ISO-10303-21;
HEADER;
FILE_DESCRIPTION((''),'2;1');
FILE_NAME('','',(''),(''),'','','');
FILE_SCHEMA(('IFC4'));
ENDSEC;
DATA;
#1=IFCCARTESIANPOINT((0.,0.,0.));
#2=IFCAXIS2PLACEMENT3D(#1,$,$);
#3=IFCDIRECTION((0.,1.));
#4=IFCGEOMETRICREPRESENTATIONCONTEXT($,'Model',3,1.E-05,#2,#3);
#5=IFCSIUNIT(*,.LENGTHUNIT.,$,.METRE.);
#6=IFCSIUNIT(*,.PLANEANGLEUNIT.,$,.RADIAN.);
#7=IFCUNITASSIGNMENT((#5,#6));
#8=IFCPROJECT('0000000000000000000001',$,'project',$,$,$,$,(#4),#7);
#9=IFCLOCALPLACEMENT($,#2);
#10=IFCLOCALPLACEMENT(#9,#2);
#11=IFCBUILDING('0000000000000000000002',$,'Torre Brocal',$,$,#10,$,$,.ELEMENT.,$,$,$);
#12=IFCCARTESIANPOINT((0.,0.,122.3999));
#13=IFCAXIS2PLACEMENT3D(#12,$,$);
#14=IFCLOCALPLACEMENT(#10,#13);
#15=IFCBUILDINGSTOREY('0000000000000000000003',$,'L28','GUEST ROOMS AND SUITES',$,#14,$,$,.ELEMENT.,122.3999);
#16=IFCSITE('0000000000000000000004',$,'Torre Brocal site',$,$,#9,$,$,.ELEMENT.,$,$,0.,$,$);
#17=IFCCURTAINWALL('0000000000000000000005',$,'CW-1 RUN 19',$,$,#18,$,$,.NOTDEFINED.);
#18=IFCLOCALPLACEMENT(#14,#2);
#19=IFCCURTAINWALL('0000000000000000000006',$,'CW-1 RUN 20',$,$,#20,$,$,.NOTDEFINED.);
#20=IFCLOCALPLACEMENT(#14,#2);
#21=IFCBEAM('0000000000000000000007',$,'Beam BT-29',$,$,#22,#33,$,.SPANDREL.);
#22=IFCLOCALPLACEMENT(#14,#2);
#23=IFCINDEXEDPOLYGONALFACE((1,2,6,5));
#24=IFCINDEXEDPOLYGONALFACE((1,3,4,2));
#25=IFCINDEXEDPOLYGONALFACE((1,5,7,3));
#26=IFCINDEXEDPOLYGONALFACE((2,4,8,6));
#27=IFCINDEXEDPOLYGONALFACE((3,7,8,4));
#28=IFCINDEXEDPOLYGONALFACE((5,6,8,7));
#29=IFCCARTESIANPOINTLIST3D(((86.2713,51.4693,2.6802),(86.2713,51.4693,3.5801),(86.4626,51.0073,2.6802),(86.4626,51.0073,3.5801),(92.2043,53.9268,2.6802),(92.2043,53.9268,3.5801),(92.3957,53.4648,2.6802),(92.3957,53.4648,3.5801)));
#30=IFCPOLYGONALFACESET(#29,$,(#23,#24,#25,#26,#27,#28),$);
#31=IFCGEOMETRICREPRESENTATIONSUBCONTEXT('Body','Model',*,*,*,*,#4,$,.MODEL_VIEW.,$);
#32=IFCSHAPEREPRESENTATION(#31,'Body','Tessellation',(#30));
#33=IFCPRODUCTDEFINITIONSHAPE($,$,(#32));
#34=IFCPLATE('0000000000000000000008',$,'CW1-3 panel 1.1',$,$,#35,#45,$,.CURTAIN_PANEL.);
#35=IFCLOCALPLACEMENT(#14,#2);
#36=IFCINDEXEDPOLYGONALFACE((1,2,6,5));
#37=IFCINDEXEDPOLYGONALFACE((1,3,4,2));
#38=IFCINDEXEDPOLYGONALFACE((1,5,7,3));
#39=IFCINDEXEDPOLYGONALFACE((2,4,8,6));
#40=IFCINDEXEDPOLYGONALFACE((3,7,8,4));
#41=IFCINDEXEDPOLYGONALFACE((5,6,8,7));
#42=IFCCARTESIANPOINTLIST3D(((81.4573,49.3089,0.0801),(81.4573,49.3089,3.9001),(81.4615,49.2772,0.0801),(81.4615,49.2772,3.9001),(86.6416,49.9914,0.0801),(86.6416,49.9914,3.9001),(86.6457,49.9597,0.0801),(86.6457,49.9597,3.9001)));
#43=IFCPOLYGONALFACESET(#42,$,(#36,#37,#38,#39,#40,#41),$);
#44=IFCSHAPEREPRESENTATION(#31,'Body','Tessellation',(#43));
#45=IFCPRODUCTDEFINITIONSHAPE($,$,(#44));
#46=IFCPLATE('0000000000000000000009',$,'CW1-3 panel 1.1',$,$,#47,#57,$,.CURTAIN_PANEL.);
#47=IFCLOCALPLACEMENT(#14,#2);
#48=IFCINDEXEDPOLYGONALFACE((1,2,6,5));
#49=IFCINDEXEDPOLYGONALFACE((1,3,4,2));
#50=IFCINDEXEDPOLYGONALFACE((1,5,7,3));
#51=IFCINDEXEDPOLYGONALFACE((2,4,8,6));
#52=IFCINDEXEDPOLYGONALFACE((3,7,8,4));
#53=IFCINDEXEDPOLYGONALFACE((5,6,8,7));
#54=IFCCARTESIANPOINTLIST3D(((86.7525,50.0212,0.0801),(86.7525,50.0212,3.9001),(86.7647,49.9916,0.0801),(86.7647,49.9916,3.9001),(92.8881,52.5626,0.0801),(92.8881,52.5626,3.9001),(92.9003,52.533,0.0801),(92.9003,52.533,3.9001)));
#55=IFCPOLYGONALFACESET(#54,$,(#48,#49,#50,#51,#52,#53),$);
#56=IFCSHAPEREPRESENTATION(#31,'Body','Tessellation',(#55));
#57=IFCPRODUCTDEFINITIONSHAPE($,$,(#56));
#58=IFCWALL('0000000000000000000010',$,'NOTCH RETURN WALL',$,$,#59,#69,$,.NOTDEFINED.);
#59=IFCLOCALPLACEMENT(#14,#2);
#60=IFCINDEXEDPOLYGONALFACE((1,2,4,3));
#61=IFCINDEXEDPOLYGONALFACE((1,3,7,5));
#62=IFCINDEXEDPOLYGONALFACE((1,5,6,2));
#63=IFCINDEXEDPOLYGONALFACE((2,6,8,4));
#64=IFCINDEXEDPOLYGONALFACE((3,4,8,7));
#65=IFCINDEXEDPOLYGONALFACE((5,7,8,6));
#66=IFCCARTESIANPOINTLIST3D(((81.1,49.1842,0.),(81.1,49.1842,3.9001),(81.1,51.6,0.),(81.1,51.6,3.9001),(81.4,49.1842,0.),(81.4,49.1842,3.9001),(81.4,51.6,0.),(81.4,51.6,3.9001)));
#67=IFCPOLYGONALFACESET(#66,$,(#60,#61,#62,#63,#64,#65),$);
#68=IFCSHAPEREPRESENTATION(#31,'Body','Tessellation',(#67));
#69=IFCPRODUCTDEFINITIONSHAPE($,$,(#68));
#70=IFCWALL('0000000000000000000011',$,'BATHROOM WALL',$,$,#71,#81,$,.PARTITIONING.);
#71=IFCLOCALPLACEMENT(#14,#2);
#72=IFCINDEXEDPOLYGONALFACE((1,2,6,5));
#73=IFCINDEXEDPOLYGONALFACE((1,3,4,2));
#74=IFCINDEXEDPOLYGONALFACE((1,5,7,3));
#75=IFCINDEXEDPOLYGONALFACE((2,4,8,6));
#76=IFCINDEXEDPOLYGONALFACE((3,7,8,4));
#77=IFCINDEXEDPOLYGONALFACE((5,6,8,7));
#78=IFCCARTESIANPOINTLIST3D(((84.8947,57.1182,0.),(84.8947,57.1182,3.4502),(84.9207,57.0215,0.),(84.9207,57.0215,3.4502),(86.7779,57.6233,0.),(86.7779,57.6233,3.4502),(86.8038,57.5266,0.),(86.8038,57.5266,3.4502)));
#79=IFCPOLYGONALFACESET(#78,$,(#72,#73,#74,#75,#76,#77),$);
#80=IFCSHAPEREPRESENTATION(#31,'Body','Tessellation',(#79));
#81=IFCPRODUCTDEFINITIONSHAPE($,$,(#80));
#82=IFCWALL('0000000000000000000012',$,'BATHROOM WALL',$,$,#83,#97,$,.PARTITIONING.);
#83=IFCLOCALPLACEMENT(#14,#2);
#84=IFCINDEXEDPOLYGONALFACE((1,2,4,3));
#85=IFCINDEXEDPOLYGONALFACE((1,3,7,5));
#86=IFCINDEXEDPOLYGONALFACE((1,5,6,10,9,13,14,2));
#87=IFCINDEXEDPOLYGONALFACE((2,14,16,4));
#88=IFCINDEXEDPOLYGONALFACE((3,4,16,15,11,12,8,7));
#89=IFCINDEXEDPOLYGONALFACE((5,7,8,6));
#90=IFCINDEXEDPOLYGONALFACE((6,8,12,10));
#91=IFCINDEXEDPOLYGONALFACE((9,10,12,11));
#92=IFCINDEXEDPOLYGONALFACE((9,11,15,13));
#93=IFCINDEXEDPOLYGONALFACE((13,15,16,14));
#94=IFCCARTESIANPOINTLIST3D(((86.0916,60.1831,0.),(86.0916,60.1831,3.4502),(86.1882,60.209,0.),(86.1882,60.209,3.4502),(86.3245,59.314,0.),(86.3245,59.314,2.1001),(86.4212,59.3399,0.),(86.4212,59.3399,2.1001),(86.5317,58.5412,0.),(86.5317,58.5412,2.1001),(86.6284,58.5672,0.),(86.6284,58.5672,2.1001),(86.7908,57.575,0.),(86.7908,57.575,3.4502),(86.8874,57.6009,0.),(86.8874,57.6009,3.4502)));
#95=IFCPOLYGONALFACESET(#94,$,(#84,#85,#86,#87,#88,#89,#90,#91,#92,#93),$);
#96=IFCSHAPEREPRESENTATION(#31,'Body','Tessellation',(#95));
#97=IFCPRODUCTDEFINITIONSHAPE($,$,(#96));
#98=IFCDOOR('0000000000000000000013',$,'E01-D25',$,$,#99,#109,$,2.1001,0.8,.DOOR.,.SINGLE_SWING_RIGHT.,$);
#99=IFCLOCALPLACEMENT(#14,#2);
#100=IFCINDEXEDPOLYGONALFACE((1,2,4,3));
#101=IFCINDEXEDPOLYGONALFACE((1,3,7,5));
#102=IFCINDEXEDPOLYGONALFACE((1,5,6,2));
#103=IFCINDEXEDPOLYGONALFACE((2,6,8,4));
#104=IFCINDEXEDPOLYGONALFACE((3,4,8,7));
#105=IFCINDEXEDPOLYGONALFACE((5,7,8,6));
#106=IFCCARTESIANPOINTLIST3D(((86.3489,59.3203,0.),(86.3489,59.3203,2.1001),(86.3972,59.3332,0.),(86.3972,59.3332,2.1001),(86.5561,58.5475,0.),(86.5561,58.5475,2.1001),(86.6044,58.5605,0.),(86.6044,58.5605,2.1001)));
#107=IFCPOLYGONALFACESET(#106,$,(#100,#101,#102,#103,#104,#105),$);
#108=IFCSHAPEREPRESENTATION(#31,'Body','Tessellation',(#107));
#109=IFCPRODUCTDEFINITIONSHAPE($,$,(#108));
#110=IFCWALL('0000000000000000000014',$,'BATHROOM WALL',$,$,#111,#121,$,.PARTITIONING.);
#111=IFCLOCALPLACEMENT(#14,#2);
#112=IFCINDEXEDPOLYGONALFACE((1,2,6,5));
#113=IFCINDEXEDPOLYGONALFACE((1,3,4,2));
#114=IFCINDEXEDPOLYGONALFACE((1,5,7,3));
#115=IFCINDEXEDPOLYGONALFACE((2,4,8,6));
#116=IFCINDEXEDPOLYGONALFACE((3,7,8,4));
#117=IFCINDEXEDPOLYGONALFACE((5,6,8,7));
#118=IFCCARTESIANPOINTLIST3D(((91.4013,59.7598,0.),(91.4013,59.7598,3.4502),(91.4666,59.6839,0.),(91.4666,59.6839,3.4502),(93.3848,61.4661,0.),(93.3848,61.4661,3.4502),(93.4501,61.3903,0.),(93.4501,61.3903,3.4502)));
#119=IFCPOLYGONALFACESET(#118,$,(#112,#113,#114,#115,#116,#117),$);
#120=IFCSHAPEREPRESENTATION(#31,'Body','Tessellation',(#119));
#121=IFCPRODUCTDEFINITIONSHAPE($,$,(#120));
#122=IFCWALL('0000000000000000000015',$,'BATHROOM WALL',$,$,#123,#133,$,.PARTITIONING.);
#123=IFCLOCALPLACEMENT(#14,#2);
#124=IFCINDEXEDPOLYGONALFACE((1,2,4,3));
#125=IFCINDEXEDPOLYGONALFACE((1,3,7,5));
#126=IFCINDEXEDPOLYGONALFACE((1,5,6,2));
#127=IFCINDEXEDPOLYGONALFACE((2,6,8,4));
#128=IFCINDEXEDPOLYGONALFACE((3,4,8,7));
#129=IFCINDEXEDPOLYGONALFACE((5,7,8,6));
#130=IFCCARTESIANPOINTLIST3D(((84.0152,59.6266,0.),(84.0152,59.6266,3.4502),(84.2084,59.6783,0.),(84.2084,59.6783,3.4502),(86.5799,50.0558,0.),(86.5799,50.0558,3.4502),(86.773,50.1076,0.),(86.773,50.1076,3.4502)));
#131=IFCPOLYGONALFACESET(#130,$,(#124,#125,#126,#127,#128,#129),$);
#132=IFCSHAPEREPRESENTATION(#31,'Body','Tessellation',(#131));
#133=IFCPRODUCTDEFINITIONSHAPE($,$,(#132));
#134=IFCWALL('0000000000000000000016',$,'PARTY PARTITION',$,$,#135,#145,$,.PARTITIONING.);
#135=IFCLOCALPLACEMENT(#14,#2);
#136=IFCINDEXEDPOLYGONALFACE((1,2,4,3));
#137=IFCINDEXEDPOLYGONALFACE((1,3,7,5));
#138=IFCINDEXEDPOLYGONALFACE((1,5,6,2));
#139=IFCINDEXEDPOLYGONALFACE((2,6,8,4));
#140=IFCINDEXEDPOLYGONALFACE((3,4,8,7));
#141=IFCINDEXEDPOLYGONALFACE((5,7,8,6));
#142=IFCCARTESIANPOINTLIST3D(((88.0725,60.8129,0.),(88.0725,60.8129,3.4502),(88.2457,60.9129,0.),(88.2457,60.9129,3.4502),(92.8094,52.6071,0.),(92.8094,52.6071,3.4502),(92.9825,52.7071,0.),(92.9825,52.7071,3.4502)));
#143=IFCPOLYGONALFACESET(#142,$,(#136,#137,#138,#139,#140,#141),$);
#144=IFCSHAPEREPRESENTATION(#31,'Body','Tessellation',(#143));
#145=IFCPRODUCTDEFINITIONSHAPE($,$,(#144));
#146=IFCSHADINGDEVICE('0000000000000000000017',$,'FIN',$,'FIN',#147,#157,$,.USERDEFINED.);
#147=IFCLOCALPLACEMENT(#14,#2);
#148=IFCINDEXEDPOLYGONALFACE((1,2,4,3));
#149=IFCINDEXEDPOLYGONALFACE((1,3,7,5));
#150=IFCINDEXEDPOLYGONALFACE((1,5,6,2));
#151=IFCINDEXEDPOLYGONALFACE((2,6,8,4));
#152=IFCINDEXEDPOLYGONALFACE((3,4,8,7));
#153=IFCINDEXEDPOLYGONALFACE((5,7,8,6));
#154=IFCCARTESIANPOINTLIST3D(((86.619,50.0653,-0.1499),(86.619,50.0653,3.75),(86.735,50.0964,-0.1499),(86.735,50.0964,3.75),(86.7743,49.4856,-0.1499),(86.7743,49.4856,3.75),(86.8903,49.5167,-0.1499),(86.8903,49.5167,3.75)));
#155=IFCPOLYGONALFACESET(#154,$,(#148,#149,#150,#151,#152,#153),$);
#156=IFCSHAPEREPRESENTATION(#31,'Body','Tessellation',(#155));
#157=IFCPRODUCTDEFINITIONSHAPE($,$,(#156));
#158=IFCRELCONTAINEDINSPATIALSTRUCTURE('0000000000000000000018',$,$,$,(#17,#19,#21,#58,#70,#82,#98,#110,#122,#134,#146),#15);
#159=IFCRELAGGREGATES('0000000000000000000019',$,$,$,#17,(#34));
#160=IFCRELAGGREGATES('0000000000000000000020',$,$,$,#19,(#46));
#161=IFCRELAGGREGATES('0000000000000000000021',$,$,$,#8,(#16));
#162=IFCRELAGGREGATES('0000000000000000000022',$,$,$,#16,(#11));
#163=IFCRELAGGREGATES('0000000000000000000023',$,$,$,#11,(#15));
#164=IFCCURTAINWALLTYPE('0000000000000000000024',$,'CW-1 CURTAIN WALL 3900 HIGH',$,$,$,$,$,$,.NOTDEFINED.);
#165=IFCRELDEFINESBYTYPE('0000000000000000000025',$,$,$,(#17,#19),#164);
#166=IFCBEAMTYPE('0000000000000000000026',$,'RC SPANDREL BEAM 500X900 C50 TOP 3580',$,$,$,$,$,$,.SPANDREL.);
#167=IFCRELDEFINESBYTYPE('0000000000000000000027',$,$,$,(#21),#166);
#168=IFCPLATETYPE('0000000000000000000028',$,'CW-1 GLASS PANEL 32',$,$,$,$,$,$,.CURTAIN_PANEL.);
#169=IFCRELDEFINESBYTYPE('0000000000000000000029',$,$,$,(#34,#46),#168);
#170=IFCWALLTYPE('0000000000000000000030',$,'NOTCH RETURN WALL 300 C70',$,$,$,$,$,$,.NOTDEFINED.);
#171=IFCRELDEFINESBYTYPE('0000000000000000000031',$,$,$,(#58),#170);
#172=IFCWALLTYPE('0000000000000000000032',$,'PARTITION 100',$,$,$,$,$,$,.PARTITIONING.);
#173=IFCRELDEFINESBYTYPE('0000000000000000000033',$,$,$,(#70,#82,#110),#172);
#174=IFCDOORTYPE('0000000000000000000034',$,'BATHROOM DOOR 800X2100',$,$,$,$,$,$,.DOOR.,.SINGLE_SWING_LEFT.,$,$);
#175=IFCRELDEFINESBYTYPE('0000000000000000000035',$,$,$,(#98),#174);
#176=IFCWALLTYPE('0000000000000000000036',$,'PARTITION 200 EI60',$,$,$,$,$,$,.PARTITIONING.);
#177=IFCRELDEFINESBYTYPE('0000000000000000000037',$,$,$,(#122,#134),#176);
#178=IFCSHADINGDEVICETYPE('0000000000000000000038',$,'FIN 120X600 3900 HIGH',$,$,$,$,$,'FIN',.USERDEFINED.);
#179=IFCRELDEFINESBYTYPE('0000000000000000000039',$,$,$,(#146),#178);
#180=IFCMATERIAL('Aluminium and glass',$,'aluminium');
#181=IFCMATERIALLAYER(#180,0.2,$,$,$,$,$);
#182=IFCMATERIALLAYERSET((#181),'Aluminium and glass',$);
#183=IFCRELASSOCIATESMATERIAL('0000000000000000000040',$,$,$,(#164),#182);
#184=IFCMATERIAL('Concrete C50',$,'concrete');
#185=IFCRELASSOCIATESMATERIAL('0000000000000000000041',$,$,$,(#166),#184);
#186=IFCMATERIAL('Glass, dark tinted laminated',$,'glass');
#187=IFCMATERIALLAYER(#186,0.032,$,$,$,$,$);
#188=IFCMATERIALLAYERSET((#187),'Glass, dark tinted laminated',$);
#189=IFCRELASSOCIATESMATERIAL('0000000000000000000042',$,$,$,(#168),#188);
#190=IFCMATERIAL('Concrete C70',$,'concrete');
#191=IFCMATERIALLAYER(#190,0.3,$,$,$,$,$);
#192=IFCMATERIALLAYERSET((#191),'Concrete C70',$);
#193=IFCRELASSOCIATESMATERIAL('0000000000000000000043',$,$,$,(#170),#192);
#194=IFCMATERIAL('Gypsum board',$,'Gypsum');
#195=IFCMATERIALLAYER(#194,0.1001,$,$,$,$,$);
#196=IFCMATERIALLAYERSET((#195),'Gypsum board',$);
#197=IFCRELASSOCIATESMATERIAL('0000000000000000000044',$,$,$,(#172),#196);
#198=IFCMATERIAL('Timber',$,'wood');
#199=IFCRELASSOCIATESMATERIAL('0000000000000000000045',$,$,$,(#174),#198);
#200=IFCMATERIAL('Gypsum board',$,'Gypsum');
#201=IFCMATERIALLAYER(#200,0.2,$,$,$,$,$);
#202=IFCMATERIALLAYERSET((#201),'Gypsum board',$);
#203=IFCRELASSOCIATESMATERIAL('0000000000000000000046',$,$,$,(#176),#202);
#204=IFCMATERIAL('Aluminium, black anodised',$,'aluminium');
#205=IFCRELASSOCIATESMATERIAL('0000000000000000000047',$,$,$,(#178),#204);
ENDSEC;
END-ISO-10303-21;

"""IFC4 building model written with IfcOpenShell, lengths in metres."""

from ifc_helpers import new_model, si_unit, direction, frame, frame_2d, origin, origin_2d, place, context, subcontext, project, spatial, rectangle, extrude, material, layer, layer_set, material_profile, profile_set, type_object, element, fill, aggregate, save


model = new_model("IFC4")

# Units and contexts
model_context = context("Model", 3, precision=1e-05, world=origin(), true_north=direction((0.0, 1.0)))
body_context = subcontext(model_context, "Body", "Model", "MODEL_VIEW")
ifc_project = project(units=[si_unit("LENGTHUNIT", "METRE"), si_unit("PLANEANGLEUNIT", "RADIAN")], contexts=[model_context])

# Site, building, storey
site_placement = place(None, origin())
site = spatial("IfcSite", under=ifc_project, at=site_placement, Name="Torre Brocal site", CompositionType="ELEMENT", RefElevation=0.0)
building_placement = place(site_placement, origin())
building = spatial("IfcBuilding", under=site, at=building_placement, Name="Torre Brocal", CompositionType="ELEMENT")
storey_placement = place(building_placement, frame((0.0, 0.0, 122.3999)))
storey = spatial("IfcBuildingStorey", under=building, at=storey_placement, Name="L28", Description="GUEST ROOMS AND SUITES", CompositionType="ELEMENT", Elevation=122.3999)

# Curtain wall
ifc_material_1 = material(Name="Aluminium and glass", Category="aluminium")
ifc_layer_1 = layer(ifc_material_1, 0.2)
ifc_layer_set_1 = layer_set([ifc_layer_1], Name="Aluminium and glass")
curtain_wall_type = type_object("IfcCurtainWallType", Name="CW-1 CURTAIN WALL 3900 HIGH", PredefinedType="NOTDEFINED", material=ifc_layer_set_1)
curtain_wall_1_placement = place(storey_placement, origin())
curtain_wall_1 = element("IfcCurtainWall", 1, at=curtain_wall_1_placement, inside=storey, type_object=curtain_wall_type, Name="CW-1 RUN 19", PredefinedType="NOTDEFINED")

# Curtain wall
curtain_wall_2_placement = place(storey_placement, origin())
curtain_wall_2 = element("IfcCurtainWall", 2, at=curtain_wall_2_placement, inside=storey, type_object=curtain_wall_type, Name="CW-1 RUN 20", PredefinedType="NOTDEFINED")

# Beam
ifc_material_2 = material(Name="Concrete C50", Category="concrete")
ifc_material_profile_1 = material_profile(ifc_material_2, rectangle(XDim=0.5, YDim=0.8999, at=origin_2d()), Name="RC 500X900")
ifc_profile_set_1 = profile_set([ifc_material_profile_1], Name="Concrete C50")
beam_type_1 = type_object("IfcBeamType", Name="RC SPANDREL BEAM 500X900 C50 TOP 3580", PredefinedType="SPANDREL", material=ifc_profile_set_1)
beam_1_placement = place(storey_placement, frame((86.3669, 51.2383, 3.1301), z_axis=(0.923882, 0.382676, 0.0), x_axis=(-0.382676, 0.923882, 0.0)))
element("IfcBeam", 3, at=beam_1_placement, inside=storey, type_object=beam_type_1, Name="Beam BT-29", PredefinedType="SPANDREL", context=body_context, shape_type="SweptSolid", body=[
    extrude(rectangle(XDim=0.5, YDim=0.8999, at=origin_2d()), origin(), (0.0, 0.0, 1.0), 6.4219),
])

# Plates
ifc_material_3 = material(Name="Glass, dark tinted laminated", Category="glass")
ifc_layer_2 = layer(ifc_material_3, 0.032)
ifc_layer_set_2 = layer_set([ifc_layer_2], Name="Glass, dark tinted laminated")
plate_type = type_object("IfcPlateType", Name="CW-1 GLASS PANEL 32", PredefinedType="CURTAIN_PANEL", material=ifc_layer_set_2)
plate_1_placement = place(storey_placement, frame((84.0515, 49.6343, 0.0801), z_axis=(0.0, 0.0, 1.0), x_axis=(0.991445, 0.130526, 0.0)))
plate_1 = element("IfcPlate", 4, at=plate_1_placement, type_object=plate_type, Name="CW1-3 panel 1.1", PredefinedType="CURTAIN_PANEL", context=body_context, shape_type="SweptSolid", body=[
    extrude(rectangle(XDim=5.229, YDim=0.032, at=origin_2d()), origin(), (0.0, 0.0, 1.0), 3.8201),
])
aggregate(curtain_wall_1, [plate_1])
plate_2_placement = place(storey_placement, frame((89.8264, 51.2771, 0.0801), z_axis=(0.0, 0.0, 1.0), x_axis=(0.92388, 0.382683, 0.0)))
plate_2 = element("IfcPlate", 5, at=plate_2_placement, type_object=plate_type, Name="CW1-3 panel 1.1", PredefinedType="CURTAIN_PANEL", context=body_context, shape_type="SweptSolid", body=[
    extrude(rectangle(XDim=6.6411, YDim=0.032, at=origin_2d()), origin(), (0.0, 0.0, 1.0), 3.8201),
])
aggregate(curtain_wall_2, [plate_2])

# Walls
ifc_material_4 = material(Name="Concrete C70", Category="concrete")
ifc_layer_3 = layer(ifc_material_4, 0.3)
ifc_layer_set_3 = layer_set([ifc_layer_3], Name="Concrete C70")
wall_type_1 = type_object("IfcWallType", Name="NOTCH RETURN WALL 300 C70", PredefinedType="NOTDEFINED", material=ifc_layer_set_3)
wall_1_placement = place(storey_placement, frame((81.25, 51.6001, 0.0), z_axis=(0.0, 0.0, 1.0), x_axis=(0.0, -1.0, 0.0)))
element("IfcWall", 6, at=wall_1_placement, inside=storey, type_object=wall_type_1, Name="NOTCH RETURN WALL", PredefinedType="NOTDEFINED", context=body_context, shape_type="SweptSolid", body=[
    extrude(rectangle(XDim=2.4158, YDim=0.3, at=frame_2d((1.208, 0.0))), origin(), (0.0, 0.0, 1.0), 3.9001),
])
ifc_material_5 = material(Name="Gypsum board", Category="Gypsum")
ifc_layer_4 = layer(ifc_material_5, 0.1001)
ifc_layer_set_4 = layer_set([ifc_layer_4], Name="Gypsum board")
wall_type_2 = type_object("IfcWallType", Name="PARTITION 100", PredefinedType="PARTITIONING", material=ifc_layer_set_4)
wall_2_placement = place(storey_placement, frame((84.9077, 57.0698, 0.0), z_axis=(0.0, 0.0, 1.0), x_axis=(0.965854, 0.259089, 0.0)))
element("IfcWall", 7, at=wall_2_placement, inside=storey, type_object=wall_type_2, Name="BATHROOM WALL", PredefinedType="PARTITIONING", context=body_context, shape_type="SweptSolid", body=[
    extrude(rectangle(XDim=1.9497, YDim=0.1001, at=frame_2d((0.9749, 0.0))), origin(), (0.0, 0.0, 1.0), 3.4502),
])

# Wall, opening, door
wall_3_placement = place(storey_placement, frame((86.1399, 60.196, 0.0), z_axis=(0.0, 0.0, 1.0), x_axis=(0.258945, -0.965892, 0.0)))
wall_3 = element("IfcWall", 8, at=wall_3_placement, inside=storey, type_object=wall_type_2, Name="BATHROOM WALL", PredefinedType="PARTITIONING", context=body_context, shape_type="SweptSolid", body=[
    extrude(rectangle(XDim=2.7002, YDim=0.1001, at=frame_2d((1.3501, 0.0))), origin(), (0.0, 0.0, 1.0), 3.4502),
])
opening_placement = place(wall_3_placement, frame((0.8999, 0.0, 0.0)))
opening = element("IfcOpeningElement", 9, at=opening_placement, cuts=wall_3, PredefinedType="OPENING", context=body_context, shape_type="SweptSolid", body=[
    extrude(rectangle(XDim=0.8, YDim=2.1001, at=frame_2d((0.3999, 1.05))), frame((0.0, 0.0601, 0.0), z_axis=(0.0, -1.0, 0.0), x_axis=(1.0, 0.0, 0.0)), (0.0, 0.0, 1.0), 0.1201),
])
ifc_material_6 = material(Name="Timber", Category="wood")
door_type = type_object("IfcDoorType", Name="BATHROOM DOOR 800X2100", OperationType="SINGLE_SWING_LEFT", PredefinedType="DOOR", material=ifc_material_6)
door_placement = place(opening_placement, frame((0.8, 0.0, 0.0), z_axis=(0.0, 0.0, 1.0), x_axis=(-1.0, 0.0, 0.0)))
door = element("IfcDoor", 10, at=door_placement, inside=storey, type_object=door_type, Name="E01-D25", OperationType="SINGLE_SWING_RIGHT", OverallHeight=2.1001, OverallWidth=0.8, PredefinedType="DOOR", context=body_context, shape_type="SweptSolid", body=[
    extrude(rectangle(XDim=0.8, YDim=2.1001, at=frame_2d((0.3999, 1.05))), frame((0.0, 0.0249, 0.0), z_axis=(0.0, -1.0, 0.0), x_axis=(1.0, 0.0, 0.0)), (0.0, 0.0, 1.0), 0.05),
])
fill(opening, door)

# Walls
wall_4_placement = place(storey_placement, frame((91.4341, 59.7219, 0.0), z_axis=(0.0, 0.0, 1.0), x_axis=(0.758076, 0.652166, 0.0)))
element("IfcWall", 11, at=wall_4_placement, inside=storey, type_object=wall_type_2, Name="BATHROOM WALL", PredefinedType="PARTITIONING", context=body_context, shape_type="SweptSolid", body=[
    extrude(rectangle(XDim=2.6165, YDim=0.1001, at=frame_2d((1.3081, 0.0))), origin(), (0.0, 0.0, 1.0), 3.4502),
])
ifc_material_7 = material(Name="Gypsum board", Category="Gypsum")
ifc_layer_5 = layer(ifc_material_7, 0.2)
ifc_layer_set_5 = layer_set([ifc_layer_5], Name="Gypsum board")
wall_type_3 = type_object("IfcWallType", Name="PARTITION 200 EI60", PredefinedType="PARTITIONING", material=ifc_layer_set_5)
wall_5_placement = place(storey_placement, frame((84.1118, 59.6523, 0.0), z_axis=(0.0, 0.0, 1.0), x_axis=(0.258839, -0.965921, 0.0)))
element("IfcWall", 12, at=wall_5_placement, inside=storey, type_object=wall_type_3, Name="BATHROOM WALL", PredefinedType="PARTITIONING", context=body_context, shape_type="SweptSolid", body=[
    extrude(rectangle(XDim=9.9084, YDim=0.2, at=frame_2d((4.9541, 0.0))), origin(), (0.0, 0.0, 1.0), 3.4502),
])
wall_6_placement = place(storey_placement, frame((88.1592, 60.8628, 0.0), z_axis=(0.0, 0.0, 1.0), x_axis=(0.499936, -0.866062, 0.0)))
element("IfcWall", 13, at=wall_6_placement, inside=storey, type_object=wall_type_3, Name="PARTY PARTITION", PredefinedType="PARTITIONING", context=body_context, shape_type="SweptSolid", body=[
    extrude(rectangle(XDim=9.4749, YDim=0.2, at=frame_2d((4.7373, 0.0))), origin(), (0.0, 0.0, 1.0), 3.4502),
])

# Shading device
ifc_material_8 = material(Name="Aluminium, black anodised", Category="aluminium")
ifc_material_profile_2 = material_profile(ifc_material_8, rectangle(XDim=0.1201, YDim=0.6001, at=origin_2d()), Name="FIN 120X600 3900 HIGH")
ifc_profile_set_2 = profile_set([ifc_material_profile_2], Name="Aluminium, black anodised")
shading_device_type = type_object("IfcShadingDeviceType", Name="FIN 120X600 3900 HIGH", ElementType="FIN", PredefinedType="USERDEFINED", material=ifc_profile_set_2)
shading_device_placement = place(storey_placement, frame((86.7546, 49.791, -0.1499), z_axis=(0.0, 0.0, 1.0), x_axis=(0.965926, 0.258819, 0.0)))
element("IfcShadingDevice", 14, at=shading_device_placement, inside=storey, type_object=shading_device_type, Name="FIN", ObjectType="FIN", PredefinedType="USERDEFINED", context=body_context, shape_type="SweptSolid", body=[
    extrude(rectangle(XDim=0.1201, YDim=0.6001, at=origin_2d()), origin(), (0.0, 0.0, 1.0), 3.8999),
])

save(model, "model.ifc")
